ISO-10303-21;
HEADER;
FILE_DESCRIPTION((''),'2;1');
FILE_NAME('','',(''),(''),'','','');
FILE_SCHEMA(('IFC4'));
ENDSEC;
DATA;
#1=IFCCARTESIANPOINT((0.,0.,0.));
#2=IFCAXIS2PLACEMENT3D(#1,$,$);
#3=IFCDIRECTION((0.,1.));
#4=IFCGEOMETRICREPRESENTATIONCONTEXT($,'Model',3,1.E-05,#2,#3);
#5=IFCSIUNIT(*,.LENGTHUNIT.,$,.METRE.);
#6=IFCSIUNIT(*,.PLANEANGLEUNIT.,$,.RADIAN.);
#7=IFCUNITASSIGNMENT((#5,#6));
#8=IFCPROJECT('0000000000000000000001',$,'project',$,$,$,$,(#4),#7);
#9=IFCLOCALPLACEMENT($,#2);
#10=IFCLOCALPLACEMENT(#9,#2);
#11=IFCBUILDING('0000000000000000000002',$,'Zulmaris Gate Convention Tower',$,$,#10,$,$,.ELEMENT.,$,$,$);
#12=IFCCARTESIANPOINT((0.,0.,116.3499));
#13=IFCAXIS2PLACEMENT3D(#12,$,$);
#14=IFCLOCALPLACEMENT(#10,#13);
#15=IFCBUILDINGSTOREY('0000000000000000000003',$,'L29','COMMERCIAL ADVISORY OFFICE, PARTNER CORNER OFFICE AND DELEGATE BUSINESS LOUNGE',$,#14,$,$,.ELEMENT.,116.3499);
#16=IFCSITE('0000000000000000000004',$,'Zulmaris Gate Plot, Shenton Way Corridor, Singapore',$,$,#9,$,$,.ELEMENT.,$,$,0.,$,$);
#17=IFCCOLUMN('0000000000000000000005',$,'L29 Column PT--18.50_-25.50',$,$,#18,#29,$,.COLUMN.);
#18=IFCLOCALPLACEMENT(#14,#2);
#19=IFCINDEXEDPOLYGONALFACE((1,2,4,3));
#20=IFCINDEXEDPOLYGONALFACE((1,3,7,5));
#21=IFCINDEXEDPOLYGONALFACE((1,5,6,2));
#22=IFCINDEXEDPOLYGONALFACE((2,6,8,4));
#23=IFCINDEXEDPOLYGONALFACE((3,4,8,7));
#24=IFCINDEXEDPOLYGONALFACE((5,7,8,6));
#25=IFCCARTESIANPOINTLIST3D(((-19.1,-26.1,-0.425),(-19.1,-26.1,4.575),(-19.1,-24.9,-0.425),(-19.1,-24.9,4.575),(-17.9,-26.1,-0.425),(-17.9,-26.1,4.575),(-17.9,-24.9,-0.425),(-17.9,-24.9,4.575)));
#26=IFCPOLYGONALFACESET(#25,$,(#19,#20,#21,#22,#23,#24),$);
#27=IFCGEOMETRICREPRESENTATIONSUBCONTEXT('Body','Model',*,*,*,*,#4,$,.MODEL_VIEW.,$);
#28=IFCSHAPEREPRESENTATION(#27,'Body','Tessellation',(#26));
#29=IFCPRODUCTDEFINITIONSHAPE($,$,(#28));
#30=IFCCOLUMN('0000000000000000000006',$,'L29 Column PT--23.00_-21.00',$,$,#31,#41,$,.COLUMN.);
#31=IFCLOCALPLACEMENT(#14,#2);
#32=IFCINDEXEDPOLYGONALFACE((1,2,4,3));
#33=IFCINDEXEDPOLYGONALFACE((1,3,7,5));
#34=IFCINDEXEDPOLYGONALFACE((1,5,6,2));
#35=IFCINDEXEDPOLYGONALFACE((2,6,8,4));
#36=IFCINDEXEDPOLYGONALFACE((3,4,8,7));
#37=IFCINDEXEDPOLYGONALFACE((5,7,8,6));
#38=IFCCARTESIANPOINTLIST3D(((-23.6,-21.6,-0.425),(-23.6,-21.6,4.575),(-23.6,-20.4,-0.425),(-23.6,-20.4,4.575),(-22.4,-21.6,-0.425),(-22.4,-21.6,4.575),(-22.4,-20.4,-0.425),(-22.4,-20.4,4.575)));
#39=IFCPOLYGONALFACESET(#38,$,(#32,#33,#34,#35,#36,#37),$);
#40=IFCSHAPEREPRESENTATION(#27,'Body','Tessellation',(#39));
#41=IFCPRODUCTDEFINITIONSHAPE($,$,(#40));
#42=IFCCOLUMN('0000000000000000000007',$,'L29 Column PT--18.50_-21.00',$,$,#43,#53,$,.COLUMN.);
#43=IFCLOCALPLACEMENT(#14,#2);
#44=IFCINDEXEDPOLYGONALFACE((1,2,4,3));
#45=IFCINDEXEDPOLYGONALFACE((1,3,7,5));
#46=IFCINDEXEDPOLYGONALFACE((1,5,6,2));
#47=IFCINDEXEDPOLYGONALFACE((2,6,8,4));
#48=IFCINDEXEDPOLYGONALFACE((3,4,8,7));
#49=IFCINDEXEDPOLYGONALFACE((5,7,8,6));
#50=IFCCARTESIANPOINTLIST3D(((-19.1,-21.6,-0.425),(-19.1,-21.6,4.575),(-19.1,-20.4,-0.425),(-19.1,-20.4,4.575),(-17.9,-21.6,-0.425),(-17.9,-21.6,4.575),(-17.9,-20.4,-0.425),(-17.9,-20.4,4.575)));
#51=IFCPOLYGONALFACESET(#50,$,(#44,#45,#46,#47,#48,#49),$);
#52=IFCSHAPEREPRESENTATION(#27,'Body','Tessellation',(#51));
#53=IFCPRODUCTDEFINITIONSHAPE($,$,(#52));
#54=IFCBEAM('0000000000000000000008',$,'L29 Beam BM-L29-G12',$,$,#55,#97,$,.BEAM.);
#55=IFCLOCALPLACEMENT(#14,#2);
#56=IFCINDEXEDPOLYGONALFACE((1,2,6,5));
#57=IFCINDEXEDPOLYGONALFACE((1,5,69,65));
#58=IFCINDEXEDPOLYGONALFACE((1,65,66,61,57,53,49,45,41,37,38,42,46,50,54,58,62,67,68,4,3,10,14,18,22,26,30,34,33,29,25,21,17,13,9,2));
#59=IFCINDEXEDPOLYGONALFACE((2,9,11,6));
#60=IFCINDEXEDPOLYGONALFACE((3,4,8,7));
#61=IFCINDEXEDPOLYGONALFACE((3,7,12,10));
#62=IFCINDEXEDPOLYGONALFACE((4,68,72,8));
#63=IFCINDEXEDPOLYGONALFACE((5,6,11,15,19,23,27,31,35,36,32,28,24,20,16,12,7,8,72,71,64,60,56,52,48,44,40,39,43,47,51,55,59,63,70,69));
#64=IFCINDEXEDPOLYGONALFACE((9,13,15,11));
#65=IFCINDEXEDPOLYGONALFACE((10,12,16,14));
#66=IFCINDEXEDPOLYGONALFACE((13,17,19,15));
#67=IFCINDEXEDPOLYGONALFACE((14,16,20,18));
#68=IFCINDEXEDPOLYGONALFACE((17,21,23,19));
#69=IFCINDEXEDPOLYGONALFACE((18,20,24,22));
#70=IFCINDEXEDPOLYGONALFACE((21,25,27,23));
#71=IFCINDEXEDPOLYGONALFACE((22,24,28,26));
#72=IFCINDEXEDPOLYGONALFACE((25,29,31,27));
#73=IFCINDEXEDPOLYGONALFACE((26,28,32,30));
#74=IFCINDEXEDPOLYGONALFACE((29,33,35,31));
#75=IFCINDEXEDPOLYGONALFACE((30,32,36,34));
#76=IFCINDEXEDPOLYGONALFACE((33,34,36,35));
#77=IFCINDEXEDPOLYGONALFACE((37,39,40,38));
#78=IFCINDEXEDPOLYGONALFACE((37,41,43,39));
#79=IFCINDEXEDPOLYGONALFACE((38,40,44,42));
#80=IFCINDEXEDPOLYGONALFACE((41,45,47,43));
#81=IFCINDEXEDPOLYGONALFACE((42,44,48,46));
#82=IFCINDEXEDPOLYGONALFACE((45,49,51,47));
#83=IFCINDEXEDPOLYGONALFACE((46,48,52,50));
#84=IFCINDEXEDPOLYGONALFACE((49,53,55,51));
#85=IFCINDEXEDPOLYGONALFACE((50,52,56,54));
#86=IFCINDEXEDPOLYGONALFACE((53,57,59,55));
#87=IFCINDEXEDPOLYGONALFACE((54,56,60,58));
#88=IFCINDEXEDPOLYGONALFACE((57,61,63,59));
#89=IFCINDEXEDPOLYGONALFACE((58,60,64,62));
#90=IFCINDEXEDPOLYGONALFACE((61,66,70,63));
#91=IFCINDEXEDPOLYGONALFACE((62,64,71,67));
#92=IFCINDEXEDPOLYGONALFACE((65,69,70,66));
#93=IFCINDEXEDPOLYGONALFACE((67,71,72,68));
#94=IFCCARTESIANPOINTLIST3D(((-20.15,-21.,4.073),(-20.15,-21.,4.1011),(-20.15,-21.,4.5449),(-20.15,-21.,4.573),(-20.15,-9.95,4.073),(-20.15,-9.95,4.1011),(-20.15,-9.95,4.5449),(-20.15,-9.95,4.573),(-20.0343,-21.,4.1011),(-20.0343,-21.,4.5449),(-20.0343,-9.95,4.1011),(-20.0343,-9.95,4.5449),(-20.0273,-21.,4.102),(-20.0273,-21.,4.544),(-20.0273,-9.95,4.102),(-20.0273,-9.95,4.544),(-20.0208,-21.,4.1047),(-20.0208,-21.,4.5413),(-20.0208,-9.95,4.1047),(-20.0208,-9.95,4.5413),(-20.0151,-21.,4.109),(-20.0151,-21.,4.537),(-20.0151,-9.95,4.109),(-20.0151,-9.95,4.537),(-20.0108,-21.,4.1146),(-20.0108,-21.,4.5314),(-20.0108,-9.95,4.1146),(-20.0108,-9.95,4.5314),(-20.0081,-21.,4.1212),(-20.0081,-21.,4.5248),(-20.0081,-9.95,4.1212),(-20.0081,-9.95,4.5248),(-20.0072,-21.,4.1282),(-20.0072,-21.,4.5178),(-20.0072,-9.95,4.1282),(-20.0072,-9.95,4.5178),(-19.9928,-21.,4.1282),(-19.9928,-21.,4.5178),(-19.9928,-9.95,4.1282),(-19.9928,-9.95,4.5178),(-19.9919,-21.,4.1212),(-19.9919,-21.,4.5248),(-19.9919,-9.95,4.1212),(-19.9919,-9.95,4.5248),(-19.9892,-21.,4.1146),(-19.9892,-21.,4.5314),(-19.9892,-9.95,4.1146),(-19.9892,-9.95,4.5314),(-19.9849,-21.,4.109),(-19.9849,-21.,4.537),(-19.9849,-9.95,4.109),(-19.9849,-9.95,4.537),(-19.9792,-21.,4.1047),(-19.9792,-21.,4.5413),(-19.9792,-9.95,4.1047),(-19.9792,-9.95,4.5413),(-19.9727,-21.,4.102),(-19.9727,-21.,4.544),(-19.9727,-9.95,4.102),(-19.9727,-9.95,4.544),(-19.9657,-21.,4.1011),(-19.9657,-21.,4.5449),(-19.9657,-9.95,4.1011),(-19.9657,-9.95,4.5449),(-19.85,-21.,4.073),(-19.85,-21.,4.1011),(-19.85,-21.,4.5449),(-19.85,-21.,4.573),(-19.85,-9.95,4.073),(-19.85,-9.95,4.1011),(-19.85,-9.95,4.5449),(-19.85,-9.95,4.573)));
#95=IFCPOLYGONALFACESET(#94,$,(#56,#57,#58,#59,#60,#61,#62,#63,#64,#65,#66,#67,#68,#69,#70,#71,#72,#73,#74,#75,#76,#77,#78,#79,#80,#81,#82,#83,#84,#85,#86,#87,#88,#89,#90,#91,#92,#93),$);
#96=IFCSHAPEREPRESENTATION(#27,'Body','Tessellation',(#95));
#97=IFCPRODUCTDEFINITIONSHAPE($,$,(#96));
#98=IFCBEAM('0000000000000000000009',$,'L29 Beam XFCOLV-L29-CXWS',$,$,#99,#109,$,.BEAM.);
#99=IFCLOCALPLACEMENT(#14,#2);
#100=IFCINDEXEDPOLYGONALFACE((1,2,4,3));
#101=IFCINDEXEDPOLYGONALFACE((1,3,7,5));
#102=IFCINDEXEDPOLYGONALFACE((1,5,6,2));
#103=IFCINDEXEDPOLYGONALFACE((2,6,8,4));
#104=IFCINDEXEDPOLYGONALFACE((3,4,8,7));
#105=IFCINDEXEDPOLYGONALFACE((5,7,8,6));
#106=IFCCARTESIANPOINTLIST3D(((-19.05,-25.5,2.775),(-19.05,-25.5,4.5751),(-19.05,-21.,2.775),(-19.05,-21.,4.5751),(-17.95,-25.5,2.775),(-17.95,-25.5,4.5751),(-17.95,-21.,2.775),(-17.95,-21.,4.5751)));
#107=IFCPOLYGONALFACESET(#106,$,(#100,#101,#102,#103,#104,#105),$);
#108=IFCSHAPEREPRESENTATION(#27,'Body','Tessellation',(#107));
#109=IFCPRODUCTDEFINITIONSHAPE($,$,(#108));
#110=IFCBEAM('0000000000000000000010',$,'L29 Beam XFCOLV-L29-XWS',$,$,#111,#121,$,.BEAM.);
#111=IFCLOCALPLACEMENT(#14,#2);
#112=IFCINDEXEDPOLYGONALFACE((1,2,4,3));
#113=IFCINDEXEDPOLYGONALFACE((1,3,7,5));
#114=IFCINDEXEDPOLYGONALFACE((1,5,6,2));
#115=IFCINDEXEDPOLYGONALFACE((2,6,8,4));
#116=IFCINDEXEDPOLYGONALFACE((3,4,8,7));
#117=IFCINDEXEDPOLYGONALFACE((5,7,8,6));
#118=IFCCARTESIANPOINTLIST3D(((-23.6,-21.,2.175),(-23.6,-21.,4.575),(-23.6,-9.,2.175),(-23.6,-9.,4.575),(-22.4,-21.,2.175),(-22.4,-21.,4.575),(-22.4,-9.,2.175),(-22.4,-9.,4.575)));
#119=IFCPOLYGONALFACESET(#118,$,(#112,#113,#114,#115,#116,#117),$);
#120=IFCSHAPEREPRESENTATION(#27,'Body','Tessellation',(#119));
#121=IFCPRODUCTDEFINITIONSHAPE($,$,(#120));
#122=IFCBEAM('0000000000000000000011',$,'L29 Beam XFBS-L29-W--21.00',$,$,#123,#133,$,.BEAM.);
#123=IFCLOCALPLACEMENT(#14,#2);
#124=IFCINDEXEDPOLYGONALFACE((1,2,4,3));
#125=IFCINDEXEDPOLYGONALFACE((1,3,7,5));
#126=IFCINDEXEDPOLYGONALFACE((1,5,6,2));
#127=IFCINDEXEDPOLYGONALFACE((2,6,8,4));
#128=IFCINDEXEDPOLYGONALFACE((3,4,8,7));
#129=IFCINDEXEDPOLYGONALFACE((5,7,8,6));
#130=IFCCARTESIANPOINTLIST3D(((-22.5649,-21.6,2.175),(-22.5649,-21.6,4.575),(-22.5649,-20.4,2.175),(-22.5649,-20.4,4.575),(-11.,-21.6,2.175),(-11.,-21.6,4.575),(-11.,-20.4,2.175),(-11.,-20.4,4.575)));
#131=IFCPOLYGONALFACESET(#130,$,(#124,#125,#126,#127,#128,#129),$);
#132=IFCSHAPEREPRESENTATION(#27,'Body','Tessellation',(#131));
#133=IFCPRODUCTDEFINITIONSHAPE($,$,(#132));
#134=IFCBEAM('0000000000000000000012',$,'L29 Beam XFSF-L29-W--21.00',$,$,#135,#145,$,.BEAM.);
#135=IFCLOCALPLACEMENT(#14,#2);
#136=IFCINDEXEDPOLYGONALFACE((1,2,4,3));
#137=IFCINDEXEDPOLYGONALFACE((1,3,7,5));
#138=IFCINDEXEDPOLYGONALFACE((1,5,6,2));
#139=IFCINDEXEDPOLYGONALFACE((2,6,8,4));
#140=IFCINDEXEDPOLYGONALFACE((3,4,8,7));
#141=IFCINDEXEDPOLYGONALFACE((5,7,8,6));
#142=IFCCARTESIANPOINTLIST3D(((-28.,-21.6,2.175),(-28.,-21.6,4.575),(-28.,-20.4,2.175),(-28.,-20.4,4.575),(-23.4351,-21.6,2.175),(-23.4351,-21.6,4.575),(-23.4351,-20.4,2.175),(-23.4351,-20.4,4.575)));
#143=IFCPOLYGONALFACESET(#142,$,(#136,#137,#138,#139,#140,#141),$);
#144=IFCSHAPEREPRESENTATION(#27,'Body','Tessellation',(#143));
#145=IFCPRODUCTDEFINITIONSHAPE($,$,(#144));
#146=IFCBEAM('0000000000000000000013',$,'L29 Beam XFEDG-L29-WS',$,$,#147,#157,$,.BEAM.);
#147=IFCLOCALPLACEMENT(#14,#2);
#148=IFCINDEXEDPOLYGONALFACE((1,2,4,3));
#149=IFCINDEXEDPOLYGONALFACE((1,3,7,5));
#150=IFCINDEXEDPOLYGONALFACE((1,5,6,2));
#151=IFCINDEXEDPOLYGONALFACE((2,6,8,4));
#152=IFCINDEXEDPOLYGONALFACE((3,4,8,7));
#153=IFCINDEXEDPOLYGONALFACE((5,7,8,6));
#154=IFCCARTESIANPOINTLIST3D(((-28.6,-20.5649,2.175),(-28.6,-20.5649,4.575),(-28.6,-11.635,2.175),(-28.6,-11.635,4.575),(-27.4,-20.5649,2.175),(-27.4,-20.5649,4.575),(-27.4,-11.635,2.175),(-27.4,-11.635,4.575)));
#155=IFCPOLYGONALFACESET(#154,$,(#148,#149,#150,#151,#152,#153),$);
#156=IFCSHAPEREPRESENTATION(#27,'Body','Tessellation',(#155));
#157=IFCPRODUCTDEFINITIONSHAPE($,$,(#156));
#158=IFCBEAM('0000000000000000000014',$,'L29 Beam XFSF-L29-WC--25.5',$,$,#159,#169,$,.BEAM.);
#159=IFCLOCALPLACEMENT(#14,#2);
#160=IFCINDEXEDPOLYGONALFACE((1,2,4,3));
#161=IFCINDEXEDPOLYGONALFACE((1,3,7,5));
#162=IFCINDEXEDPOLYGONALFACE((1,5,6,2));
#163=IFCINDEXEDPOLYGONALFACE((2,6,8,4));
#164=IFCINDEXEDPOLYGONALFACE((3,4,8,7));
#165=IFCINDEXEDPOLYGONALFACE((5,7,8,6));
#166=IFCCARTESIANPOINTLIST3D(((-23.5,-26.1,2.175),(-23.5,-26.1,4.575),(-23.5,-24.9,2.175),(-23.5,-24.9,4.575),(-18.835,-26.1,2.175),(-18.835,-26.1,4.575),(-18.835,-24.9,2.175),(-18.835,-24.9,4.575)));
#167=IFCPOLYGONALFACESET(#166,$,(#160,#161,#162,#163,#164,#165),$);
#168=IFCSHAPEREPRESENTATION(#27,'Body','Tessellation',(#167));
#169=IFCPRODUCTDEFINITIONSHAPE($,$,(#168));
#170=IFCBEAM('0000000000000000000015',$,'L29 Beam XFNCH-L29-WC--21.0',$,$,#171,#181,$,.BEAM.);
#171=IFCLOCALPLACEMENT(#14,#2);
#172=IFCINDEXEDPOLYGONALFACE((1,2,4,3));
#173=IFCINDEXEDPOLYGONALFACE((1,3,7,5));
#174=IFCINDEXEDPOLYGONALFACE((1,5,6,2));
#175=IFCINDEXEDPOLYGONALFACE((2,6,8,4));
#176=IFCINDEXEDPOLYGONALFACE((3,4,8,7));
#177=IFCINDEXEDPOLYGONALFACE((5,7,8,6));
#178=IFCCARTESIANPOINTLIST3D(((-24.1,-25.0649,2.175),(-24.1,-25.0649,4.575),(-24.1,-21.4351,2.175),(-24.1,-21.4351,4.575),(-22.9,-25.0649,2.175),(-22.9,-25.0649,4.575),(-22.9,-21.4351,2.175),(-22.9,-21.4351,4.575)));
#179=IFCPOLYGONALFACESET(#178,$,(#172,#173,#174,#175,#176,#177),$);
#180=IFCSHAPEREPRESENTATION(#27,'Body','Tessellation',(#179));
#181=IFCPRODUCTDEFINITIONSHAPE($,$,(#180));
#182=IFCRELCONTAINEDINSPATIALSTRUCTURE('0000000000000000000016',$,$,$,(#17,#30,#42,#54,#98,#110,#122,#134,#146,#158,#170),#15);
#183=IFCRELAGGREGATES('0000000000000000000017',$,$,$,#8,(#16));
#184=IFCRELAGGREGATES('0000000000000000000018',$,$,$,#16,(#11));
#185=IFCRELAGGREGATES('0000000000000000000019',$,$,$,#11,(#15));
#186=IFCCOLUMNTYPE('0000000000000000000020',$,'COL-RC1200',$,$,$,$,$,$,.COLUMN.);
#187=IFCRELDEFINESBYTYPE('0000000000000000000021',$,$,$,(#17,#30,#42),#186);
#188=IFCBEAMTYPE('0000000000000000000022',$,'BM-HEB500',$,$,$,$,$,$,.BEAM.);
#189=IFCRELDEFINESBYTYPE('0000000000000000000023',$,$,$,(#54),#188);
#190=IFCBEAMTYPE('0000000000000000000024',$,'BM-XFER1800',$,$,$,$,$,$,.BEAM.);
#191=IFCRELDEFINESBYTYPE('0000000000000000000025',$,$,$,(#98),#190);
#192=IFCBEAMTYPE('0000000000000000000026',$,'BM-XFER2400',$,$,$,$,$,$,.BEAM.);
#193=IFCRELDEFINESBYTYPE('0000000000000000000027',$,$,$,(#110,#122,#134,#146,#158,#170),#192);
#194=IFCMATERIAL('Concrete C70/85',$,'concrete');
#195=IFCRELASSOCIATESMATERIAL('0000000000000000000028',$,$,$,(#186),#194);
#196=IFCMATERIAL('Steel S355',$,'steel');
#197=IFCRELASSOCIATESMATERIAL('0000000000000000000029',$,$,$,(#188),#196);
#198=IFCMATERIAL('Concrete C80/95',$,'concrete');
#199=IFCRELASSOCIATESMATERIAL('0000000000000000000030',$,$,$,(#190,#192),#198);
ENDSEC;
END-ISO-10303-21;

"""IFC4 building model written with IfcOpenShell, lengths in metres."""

from ifc_helpers import new_model, si_unit, direction, frame, origin, origin_2d, place, context, subcontext, project, spatial, rectangle, i_section, extrude, material, material_profile, profile_set, type_object, element, save


model = new_model("IFC4")

# Units and contexts
model_context = context("Model", 3, precision=1e-05, world=origin(), true_north=direction((0.0, 1.0)))
body_context = subcontext(model_context, "Body", "Model", "MODEL_VIEW")
ifc_project = project(units=[si_unit("LENGTHUNIT", "METRE"), si_unit("PLANEANGLEUNIT", "RADIAN")], contexts=[model_context])

# Site, building, storey
site_placement = place(None, origin())
site = spatial("IfcSite", under=ifc_project, at=site_placement, Name="Zulmaris Gate Plot, Shenton Way Corridor, Singapore", CompositionType="ELEMENT", RefElevation=0.0)
building_placement = place(site_placement, origin())
building = spatial("IfcBuilding", under=site, at=building_placement, Name="Zulmaris Gate Convention Tower", CompositionType="ELEMENT")
storey_placement = place(building_placement, frame((0.0, 0.0, 116.3499)))
storey = spatial("IfcBuildingStorey", under=building, at=storey_placement, Name="L29", Description="COMMERCIAL ADVISORY OFFICE, PARTNER CORNER OFFICE AND DELEGATE BUSINESS LOUNGE", CompositionType="ELEMENT", Elevation=116.3499)

# Columns
ifc_material_1 = material(Name="Concrete C70/85", Category="concrete")
ifc_material_profile_1 = material_profile(ifc_material_1, rectangle(XDim=1.2, YDim=1.2, at=origin_2d()), Name="RC COL 1200x1200")
ifc_profile_set_1 = profile_set([ifc_material_profile_1], Name="Concrete C70/85")
column_type = type_object("IfcColumnType", Name="COL-RC1200", PredefinedType="COLUMN", material=ifc_profile_set_1)
for number, where, z_axis, x_axis, name in (
    (1, (-18.5, -25.5, -0.425), (0.0, 0.0, 1.0), (1.0, 0.0, 0.0), "L29 Column PT--18.50_-25.50"),
    (2, (-23.0, -21.0, -0.425), (0.0, 0.0, 1.0), (1.0, 0.0, 0.0), "L29 Column PT--23.00_-21.00"),
    (3, (-18.5, -21.0, -0.425), (0.0, 0.0, 1.0), (1.0, 0.0, 0.0), "L29 Column PT--18.50_-21.00"),
):
    element("IfcColumn", number, at=place(storey_placement, frame(where, z_axis=z_axis, x_axis=x_axis)), inside=storey, type_object=column_type, Name=name, PredefinedType="COLUMN", context=body_context, shape_type="SweptSolid", body=[
        extrude(rectangle(XDim=1.2, YDim=1.2, at=origin_2d()), origin(), (0.0, 0.0, 1.0), 5.0),
    ])

# Beams
ifc_material_2 = material(Name="Steel S355", Category="steel")
ifc_material_profile_2 = material_profile(ifc_material_2, i_section(OverallWidth=0.3, OverallDepth=0.5, WebThickness=0.0144, FlangeThickness=0.0281, FilletRadius=0.0271, at=origin_2d()), Name="HEB 500")
ifc_profile_set_2 = profile_set([ifc_material_profile_2], Name="Steel S355")
beam_type_1 = type_object("IfcBeamType", Name="BM-HEB500", PredefinedType="BEAM", material=ifc_profile_set_2)
beam_1_placement = place(storey_placement, frame((-20.0, -21.0, 4.323), z_axis=(0.0, 1.0, 0.0), x_axis=(-1.0, 0.0, 0.0)))
element("IfcBeam", 4, at=beam_1_placement, inside=storey, type_object=beam_type_1, Name="L29 Beam BM-L29-G12", PredefinedType="BEAM", context=body_context, shape_type="SweptSolid", body=[
    extrude(i_section(OverallWidth=0.3, OverallDepth=0.5, WebThickness=0.0144, FlangeThickness=0.0281, FilletRadius=0.0271, at=origin_2d()), origin(), (0.0, 0.0, 1.0), 11.05),
])
ifc_material_3 = material(Name="Concrete C80/95", Category="concrete")
ifc_material_profile_3 = material_profile(ifc_material_3, rectangle(XDim=1.1001, YDim=1.8, at=origin_2d()), Name="RC TRANSFER 1100x1800")
ifc_profile_set_3 = profile_set([ifc_material_profile_3], Name="Concrete C80/95")
beam_type_2 = type_object("IfcBeamType", Name="BM-XFER1800", PredefinedType="BEAM", material=ifc_profile_set_3)
beam_2_placement = place(storey_placement, frame((-18.5, -25.5, 3.675), z_axis=(0.0, 1.0, 0.0), x_axis=(-1.0, 0.0, 0.0)))
element("IfcBeam", 5, at=beam_2_placement, inside=storey, type_object=beam_type_2, Name="L29 Beam XFCOLV-L29-CXWS", PredefinedType="BEAM", context=body_context, shape_type="SweptSolid", body=[
    extrude(rectangle(XDim=1.1001, YDim=1.8, at=origin_2d()), origin(), (0.0, 0.0, 1.0), 4.5),
])
ifc_material_profile_4 = material_profile(ifc_material_3, rectangle(XDim=1.2, YDim=2.3999, at=origin_2d()), Name="RC TRANSFER 1200x2400")
ifc_profile_set_4 = profile_set([ifc_material_profile_4], Name="Concrete C80/95")
beam_type_3 = type_object("IfcBeamType", Name="BM-XFER2400", PredefinedType="BEAM", material=ifc_profile_set_4)
beam_3_placement = place(storey_placement, frame((-23.0, -21.0, 3.375), z_axis=(0.0, 1.0, 0.0), x_axis=(-1.0, 0.0, 0.0)))
element("IfcBeam", 6, at=beam_3_placement, inside=storey, type_object=beam_type_3, Name="L29 Beam XFCOLV-L29-XWS", PredefinedType="BEAM", context=body_context, shape_type="SweptSolid", body=[
    extrude(rectangle(XDim=1.2, YDim=2.3999, at=origin_2d()), origin(), (0.0, 0.0, 1.0), 12.0),
])
beam_4_placement = place(storey_placement, frame((-22.5649, -21.0, 3.375), z_axis=(1.0, 0.0, 0.0), x_axis=(0.0, 1.0, 0.0)))
element("IfcBeam", 7, at=beam_4_placement, inside=storey, type_object=beam_type_3, Name="L29 Beam XFBS-L29-W--21.00", PredefinedType="BEAM", context=body_context, shape_type="SweptSolid", body=[
    extrude(rectangle(XDim=1.2, YDim=2.3999, at=origin_2d()), origin(), (0.0, 0.0, 1.0), 11.5649),
])
beam_5_placement = place(storey_placement, frame((-28.0, -21.0, 3.375), z_axis=(1.0, 0.0, 0.0), x_axis=(0.0, 1.0, 0.0)))
element("IfcBeam", 8, at=beam_5_placement, inside=storey, type_object=beam_type_3, Name="L29 Beam XFSF-L29-W--21.00", PredefinedType="BEAM", context=body_context, shape_type="SweptSolid", body=[
    extrude(rectangle(XDim=1.2, YDim=2.3999, at=origin_2d()), origin(), (0.0, 0.0, 1.0), 4.5649),
])
beam_6_placement = place(storey_placement, frame((-28.0, -20.5649, 3.375), z_axis=(0.0, 1.0, 0.0), x_axis=(-1.0, 0.0, 0.0)))
element("IfcBeam", 9, at=beam_6_placement, inside=storey, type_object=beam_type_3, Name="L29 Beam XFEDG-L29-WS", PredefinedType="BEAM", context=body_context, shape_type="SweptSolid", body=[
    extrude(rectangle(XDim=1.2, YDim=2.3999, at=origin_2d()), origin(), (0.0, 0.0, 1.0), 8.9299),
])
beam_7_placement = place(storey_placement, frame((-23.5, -25.5, 3.375), z_axis=(1.0, 0.0, 0.0), x_axis=(0.0, 1.0, 0.0)))
element("IfcBeam", 10, at=beam_7_placement, inside=storey, type_object=beam_type_3, Name="L29 Beam XFSF-L29-WC--25.5", PredefinedType="BEAM", context=body_context, shape_type="SweptSolid", body=[
    extrude(rectangle(XDim=1.2, YDim=2.3999, at=origin_2d()), origin(), (0.0, 0.0, 1.0), 4.665),
])
beam_8_placement = place(storey_placement, frame((-23.5, -25.0649, 3.375), z_axis=(0.0, 1.0, 0.0), x_axis=(-1.0, 0.0, 0.0)))
element("IfcBeam", 11, at=beam_8_placement, inside=storey, type_object=beam_type_3, Name="L29 Beam XFNCH-L29-WC--21.0", PredefinedType="BEAM", context=body_context, shape_type="SweptSolid", body=[
    extrude(rectangle(XDim=1.2, YDim=2.3999, at=origin_2d()), origin(), (0.0, 0.0, 1.0), 3.6299),
])

save(model, "model.ifc")
